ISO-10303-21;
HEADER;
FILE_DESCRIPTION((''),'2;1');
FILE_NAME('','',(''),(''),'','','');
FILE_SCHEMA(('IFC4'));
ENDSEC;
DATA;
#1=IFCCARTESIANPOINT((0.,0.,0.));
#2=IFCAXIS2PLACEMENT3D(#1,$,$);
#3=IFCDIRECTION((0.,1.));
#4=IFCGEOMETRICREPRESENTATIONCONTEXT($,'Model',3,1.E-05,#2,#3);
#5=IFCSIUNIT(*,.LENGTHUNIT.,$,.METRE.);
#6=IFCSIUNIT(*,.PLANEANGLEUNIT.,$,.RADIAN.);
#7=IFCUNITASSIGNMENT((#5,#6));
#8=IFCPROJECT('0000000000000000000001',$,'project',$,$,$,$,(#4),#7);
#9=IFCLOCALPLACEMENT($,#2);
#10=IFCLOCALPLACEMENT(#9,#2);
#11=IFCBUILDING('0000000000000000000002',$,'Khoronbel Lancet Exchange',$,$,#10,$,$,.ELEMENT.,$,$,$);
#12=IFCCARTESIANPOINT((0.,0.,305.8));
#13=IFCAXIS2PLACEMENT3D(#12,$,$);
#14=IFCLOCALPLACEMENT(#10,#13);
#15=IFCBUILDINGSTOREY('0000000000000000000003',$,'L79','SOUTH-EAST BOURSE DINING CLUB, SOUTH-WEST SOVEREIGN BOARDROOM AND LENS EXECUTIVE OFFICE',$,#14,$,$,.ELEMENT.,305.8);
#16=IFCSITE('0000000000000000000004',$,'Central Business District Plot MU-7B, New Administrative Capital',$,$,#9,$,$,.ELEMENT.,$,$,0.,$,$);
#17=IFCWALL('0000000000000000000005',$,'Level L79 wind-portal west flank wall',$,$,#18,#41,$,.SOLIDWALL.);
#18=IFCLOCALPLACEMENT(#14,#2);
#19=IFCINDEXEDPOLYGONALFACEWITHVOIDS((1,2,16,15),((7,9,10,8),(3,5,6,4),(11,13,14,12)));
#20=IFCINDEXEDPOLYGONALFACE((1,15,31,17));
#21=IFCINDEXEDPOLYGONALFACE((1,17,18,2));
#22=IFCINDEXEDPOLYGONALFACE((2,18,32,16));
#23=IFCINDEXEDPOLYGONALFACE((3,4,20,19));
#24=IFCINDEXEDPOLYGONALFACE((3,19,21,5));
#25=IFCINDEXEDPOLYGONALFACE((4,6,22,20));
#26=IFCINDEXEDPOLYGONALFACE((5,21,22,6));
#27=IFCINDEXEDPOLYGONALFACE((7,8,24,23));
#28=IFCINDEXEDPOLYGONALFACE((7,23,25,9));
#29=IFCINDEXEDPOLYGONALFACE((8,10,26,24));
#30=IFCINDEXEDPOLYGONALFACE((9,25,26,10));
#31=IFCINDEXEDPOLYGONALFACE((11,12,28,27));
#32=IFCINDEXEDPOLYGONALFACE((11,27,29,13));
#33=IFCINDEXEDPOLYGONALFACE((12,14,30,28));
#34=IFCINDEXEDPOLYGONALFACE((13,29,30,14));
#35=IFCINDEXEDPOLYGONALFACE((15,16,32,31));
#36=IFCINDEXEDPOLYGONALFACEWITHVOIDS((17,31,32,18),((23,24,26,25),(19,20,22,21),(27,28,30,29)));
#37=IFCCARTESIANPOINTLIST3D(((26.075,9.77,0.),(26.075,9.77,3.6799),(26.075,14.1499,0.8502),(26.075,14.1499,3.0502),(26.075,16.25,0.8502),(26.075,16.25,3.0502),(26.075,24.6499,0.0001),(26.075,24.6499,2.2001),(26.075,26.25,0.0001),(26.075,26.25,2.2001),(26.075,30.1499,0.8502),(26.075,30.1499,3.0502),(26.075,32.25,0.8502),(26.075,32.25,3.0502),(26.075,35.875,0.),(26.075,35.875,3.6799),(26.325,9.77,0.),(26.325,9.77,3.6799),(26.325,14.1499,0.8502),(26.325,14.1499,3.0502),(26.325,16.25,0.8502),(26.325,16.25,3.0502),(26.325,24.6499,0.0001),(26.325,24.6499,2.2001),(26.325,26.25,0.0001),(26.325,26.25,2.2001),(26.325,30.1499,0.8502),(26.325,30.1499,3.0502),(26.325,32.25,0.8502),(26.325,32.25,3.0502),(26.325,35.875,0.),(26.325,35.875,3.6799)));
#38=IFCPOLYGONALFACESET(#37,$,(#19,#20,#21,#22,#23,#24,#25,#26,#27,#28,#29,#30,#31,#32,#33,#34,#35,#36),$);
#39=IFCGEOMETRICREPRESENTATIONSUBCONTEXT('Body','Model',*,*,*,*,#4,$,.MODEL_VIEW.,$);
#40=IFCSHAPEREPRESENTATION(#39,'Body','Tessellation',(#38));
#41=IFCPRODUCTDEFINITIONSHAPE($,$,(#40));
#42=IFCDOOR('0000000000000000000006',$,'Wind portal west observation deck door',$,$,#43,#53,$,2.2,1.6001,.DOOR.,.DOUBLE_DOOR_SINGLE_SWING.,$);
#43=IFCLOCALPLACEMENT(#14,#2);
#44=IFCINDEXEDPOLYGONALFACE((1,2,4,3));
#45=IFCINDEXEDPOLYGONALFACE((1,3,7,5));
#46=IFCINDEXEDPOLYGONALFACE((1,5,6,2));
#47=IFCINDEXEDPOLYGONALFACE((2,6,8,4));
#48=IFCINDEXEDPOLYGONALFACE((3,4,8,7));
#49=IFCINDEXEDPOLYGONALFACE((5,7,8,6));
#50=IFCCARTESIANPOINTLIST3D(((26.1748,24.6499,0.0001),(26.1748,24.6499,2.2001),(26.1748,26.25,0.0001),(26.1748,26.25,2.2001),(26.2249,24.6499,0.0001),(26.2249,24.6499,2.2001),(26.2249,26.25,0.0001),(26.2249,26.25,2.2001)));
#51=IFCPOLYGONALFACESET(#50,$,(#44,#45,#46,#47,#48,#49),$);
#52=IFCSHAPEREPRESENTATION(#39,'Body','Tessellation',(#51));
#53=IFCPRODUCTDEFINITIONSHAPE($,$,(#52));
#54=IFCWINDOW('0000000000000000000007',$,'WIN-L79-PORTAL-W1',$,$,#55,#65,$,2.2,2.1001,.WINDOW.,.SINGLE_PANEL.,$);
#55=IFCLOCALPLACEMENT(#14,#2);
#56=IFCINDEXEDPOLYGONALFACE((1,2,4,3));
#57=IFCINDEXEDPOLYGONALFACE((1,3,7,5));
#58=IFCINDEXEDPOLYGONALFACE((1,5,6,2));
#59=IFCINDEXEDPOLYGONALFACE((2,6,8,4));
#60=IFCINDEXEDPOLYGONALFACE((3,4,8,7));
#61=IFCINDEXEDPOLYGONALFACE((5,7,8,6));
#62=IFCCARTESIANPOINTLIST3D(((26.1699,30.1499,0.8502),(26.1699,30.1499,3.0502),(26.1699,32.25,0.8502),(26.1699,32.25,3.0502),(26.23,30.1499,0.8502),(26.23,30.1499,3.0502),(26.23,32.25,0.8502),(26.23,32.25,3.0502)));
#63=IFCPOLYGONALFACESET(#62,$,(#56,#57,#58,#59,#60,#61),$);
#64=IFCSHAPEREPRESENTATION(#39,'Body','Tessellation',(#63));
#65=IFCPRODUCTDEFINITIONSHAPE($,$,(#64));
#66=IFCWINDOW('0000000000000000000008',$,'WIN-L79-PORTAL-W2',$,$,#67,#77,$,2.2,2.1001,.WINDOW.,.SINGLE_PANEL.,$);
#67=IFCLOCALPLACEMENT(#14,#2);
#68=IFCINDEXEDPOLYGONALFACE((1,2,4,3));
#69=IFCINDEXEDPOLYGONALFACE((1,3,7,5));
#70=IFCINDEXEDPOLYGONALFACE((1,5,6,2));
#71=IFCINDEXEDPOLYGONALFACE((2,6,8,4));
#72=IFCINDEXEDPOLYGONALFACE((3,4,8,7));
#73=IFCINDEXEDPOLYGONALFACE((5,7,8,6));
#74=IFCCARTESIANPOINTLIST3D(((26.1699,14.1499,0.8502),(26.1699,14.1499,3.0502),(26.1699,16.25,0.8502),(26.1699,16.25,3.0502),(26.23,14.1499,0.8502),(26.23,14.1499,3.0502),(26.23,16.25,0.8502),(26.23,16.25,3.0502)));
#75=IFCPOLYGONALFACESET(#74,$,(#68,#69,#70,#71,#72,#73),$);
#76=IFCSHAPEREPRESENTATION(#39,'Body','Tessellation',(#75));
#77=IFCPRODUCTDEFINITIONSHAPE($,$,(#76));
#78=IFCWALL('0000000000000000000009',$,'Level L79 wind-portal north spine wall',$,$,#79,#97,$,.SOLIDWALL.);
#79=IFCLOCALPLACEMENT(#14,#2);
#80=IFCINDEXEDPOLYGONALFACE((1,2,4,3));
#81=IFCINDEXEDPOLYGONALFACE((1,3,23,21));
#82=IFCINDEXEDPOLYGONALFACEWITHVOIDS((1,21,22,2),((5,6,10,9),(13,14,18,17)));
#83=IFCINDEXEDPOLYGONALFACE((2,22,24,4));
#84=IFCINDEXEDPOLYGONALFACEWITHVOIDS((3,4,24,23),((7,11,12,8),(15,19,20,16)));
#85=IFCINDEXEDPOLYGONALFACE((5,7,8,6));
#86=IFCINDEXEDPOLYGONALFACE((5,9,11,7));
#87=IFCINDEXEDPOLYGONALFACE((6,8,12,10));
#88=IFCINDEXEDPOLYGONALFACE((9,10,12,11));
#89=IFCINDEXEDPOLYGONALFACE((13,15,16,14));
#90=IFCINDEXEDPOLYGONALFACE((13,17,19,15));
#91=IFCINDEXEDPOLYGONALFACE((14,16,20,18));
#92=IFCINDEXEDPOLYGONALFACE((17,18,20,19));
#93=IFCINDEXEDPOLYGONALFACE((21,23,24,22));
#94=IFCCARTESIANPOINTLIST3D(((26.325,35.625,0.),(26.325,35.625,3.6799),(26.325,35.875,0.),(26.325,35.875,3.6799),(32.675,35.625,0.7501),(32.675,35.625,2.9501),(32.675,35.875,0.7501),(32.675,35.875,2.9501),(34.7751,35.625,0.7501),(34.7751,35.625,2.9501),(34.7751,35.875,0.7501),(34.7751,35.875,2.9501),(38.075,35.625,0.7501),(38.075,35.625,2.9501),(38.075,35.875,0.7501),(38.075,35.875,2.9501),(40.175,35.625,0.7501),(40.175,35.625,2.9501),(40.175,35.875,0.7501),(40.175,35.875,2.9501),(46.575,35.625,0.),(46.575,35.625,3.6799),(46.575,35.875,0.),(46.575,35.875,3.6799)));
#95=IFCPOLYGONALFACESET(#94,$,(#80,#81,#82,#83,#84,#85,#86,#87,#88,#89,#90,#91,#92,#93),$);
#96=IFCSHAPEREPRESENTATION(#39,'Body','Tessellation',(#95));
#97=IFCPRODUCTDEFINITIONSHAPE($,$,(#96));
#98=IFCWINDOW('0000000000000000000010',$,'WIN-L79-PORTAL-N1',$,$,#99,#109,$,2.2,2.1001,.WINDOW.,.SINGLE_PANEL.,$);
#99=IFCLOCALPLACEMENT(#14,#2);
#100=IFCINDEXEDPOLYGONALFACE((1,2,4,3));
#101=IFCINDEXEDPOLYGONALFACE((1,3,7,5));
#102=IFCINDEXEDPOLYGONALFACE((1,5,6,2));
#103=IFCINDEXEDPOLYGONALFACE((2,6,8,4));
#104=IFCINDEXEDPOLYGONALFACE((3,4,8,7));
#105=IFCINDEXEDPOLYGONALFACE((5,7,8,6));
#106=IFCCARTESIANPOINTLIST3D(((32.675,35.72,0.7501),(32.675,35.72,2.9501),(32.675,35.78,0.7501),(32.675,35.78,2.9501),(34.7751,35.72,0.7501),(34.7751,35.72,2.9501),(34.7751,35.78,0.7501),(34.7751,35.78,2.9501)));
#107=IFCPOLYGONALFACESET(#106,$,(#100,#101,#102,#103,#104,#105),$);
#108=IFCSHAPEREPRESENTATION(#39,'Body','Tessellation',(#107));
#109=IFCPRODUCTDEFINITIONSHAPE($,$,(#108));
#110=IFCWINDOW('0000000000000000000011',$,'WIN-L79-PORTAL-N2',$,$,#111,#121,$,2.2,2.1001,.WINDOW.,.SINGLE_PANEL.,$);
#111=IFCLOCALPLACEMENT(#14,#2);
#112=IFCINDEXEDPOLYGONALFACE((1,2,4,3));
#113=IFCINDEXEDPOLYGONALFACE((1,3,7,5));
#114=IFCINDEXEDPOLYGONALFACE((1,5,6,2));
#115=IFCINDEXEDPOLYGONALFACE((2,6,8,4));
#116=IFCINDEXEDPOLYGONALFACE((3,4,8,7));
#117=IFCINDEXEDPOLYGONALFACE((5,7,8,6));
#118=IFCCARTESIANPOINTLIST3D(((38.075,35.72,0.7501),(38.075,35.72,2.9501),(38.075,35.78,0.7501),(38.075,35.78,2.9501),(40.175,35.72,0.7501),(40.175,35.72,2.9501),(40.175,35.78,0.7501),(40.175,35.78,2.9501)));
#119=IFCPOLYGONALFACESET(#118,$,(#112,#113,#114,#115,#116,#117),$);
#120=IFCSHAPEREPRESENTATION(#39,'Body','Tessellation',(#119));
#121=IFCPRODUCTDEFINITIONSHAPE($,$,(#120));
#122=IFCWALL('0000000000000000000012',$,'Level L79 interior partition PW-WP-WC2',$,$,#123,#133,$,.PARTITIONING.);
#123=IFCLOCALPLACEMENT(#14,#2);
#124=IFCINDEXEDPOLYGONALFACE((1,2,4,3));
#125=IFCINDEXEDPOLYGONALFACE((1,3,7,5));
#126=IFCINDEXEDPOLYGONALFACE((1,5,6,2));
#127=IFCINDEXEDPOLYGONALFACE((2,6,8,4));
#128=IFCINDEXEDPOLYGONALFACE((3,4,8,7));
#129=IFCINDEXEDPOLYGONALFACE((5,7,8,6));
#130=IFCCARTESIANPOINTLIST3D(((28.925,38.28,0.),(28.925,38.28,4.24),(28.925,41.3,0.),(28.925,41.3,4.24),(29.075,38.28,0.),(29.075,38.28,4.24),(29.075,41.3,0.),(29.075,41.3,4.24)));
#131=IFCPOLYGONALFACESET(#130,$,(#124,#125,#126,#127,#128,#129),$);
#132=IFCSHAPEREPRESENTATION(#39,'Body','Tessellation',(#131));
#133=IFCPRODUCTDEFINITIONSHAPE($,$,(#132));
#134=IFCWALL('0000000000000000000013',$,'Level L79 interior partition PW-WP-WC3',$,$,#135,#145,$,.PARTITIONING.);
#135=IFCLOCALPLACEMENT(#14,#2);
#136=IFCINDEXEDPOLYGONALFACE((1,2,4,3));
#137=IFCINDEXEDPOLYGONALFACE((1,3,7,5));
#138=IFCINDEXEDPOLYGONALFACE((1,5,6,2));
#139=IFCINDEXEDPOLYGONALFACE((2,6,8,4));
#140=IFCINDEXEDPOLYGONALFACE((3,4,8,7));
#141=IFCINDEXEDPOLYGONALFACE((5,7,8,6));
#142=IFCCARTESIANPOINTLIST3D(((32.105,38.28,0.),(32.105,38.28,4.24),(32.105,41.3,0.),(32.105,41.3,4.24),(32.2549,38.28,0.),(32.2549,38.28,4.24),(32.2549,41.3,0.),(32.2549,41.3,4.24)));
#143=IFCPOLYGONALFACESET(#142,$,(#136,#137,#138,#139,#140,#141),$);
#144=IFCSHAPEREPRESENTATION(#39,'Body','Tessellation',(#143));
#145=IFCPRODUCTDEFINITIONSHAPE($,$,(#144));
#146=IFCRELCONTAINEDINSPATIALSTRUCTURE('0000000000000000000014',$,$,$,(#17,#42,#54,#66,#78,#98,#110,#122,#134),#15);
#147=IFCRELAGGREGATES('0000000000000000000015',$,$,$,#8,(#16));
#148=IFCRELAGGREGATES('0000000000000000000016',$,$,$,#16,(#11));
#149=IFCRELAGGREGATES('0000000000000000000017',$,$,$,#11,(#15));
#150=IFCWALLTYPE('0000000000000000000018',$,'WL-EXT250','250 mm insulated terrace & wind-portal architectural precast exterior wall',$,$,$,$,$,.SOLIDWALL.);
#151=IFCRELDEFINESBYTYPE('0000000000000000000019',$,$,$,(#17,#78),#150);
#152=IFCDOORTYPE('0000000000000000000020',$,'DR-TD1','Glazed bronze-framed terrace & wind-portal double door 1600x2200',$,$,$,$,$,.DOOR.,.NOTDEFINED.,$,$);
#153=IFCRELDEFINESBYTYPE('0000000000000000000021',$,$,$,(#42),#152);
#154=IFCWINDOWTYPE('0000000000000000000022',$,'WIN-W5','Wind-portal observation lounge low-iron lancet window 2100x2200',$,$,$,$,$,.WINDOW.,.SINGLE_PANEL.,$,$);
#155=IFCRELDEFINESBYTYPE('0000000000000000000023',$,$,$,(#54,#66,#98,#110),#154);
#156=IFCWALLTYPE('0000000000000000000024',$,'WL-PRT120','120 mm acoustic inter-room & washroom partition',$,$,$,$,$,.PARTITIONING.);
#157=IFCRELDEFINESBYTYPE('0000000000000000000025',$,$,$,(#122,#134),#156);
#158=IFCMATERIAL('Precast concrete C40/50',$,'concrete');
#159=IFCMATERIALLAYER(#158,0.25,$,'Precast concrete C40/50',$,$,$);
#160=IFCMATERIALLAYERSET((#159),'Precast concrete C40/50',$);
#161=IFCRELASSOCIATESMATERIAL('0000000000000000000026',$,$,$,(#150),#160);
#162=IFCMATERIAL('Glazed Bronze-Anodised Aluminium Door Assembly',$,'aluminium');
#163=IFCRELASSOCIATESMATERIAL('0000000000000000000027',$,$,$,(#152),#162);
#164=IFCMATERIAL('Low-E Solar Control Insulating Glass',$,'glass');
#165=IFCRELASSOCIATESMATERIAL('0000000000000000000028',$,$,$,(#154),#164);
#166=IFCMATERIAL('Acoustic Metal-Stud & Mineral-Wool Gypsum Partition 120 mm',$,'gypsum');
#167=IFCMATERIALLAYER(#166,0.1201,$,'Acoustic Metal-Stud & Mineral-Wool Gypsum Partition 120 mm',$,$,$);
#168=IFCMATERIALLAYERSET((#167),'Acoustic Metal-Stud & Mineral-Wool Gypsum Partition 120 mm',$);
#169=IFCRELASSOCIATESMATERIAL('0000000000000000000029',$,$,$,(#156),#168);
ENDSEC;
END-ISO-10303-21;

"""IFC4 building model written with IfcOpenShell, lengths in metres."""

from ifc_helpers import new_model, si_unit, direction, frame, frame_2d, origin, place, context, subcontext, project, spatial, rectangle, extrude, material, layer, layer_set, type_object, element, fill, save


model = new_model("IFC4")

# Units and contexts
model_context = context("Model", 3, precision=1e-05, world=origin(), true_north=direction((0.0, 1.0)))
body_context = subcontext(model_context, "Body", "Model", "MODEL_VIEW")
ifc_project = project(units=[si_unit("LENGTHUNIT", "METRE"), si_unit("PLANEANGLEUNIT", "RADIAN")], contexts=[model_context])

# Site, building, storey
site_placement = place(None, origin())
site = spatial("IfcSite", under=ifc_project, at=site_placement, Name="Central Business District Plot MU-7B, New Administrative Capital", CompositionType="ELEMENT", RefElevation=0.0)
building_placement = place(site_placement, origin())
building = spatial("IfcBuilding", under=site, at=building_placement, Name="Khoronbel Lancet Exchange", CompositionType="ELEMENT")
storey_placement = place(building_placement, frame((0.0, 0.0, 305.8)))
storey = spatial("IfcBuildingStorey", under=building, at=storey_placement, Name="L79", Description="SOUTH-EAST BOURSE DINING CLUB, SOUTH-WEST SOVEREIGN BOARDROOM AND LENS EXECUTIVE OFFICE", CompositionType="ELEMENT", Elevation=305.8)

# Wall, openings, door, windows
ifc_material_1 = material(Name="Precast concrete C40/50", Category="concrete")
ifc_layer_1 = layer(ifc_material_1, 0.25, Name="Precast concrete C40/50")
ifc_layer_set_1 = layer_set([ifc_layer_1], Name="Precast concrete C40/50")
wall_type_1 = type_object("IfcWallType", Name="WL-EXT250", Description="250 mm insulated terrace & wind-portal architectural precast exterior wall", PredefinedType="SOLIDWALL", material=ifc_layer_set_1)
wall_1_placement = place(storey_placement, frame((26.2, 35.875, 0.0), z_axis=(0.0, 0.0, 1.0), x_axis=(0.0, -1.0, 0.0)))
wall_1 = element("IfcWall", 1, at=wall_1_placement, inside=storey, type_object=wall_type_1, Name="Level L79 wind-portal west flank wall", PredefinedType="SOLIDWALL", context=body_context, shape_type="SweptSolid", body=[
    extrude(rectangle(XDim=26.105, YDim=0.25, at=frame_2d((13.0525, 0.0))), origin(), (0.0, 0.0, 1.0), 3.6799),
])
opening_1_placement = place(wall_1_placement, frame((9.625, 0.0, 0.0)))
opening_1 = element("IfcOpeningElement", 2, at=opening_1_placement, cuts=wall_1, PredefinedType="OPENING", context=body_context, shape_type="SweptSolid", body=[
    extrude(rectangle(XDim=1.6001, YDim=2.2, at=frame_2d((0.8, 1.1001))), frame((0.0, 0.135, 0.0), z_axis=(0.0, -1.0, 0.0), x_axis=(1.0, 0.0, 0.0)), (0.0, 0.0, 1.0), 0.27),
])
opening_2_placement = place(wall_1_placement, frame((3.625, 0.0, 0.8501)))
opening_2 = element("IfcOpeningElement", 3, at=opening_2_placement, cuts=wall_1, PredefinedType="OPENING", context=body_context, shape_type="SweptSolid", body=[
    extrude(rectangle(XDim=2.1001, YDim=2.2, at=frame_2d((1.05, 1.1001))), frame((0.0, 0.135, 0.0), z_axis=(0.0, -1.0, 0.0), x_axis=(1.0, 0.0, 0.0)), (0.0, 0.0, 1.0), 0.27),
])
opening_3_placement = place(wall_1_placement, frame((19.625, 0.0, 0.8501)))
opening_3 = element("IfcOpeningElement", 4, at=opening_3_placement, cuts=wall_1, PredefinedType="OPENING", context=body_context, shape_type="SweptSolid", body=[
    extrude(rectangle(XDim=2.1001, YDim=2.2, at=frame_2d((1.05, 1.1001))), frame((0.0, 0.135, 0.0), z_axis=(0.0, -1.0, 0.0), x_axis=(1.0, 0.0, 0.0)), (0.0, 0.0, 1.0), 0.27),
])
ifc_material_2 = material(Name="Glazed Bronze-Anodised Aluminium Door Assembly", Category="aluminium")
door_type_1 = type_object("IfcDoorType", Name="DR-TD1", Description="Glazed bronze-framed terrace & wind-portal double door 1600x2200", OperationType="NOTDEFINED", PredefinedType="DOOR", material=ifc_material_2)
door_1_placement = place(opening_1_placement, origin())
door_1 = element("IfcDoor", 5, at=door_1_placement, inside=storey, type_object=door_type_1, Name="Wind portal west observation deck door", OperationType="DOUBLE_DOOR_SINGLE_SWING", OverallHeight=2.2, OverallWidth=1.6001, PredefinedType="DOOR", context=body_context, shape_type="SweptSolid", body=[
    extrude(rectangle(XDim=1.6001, YDim=2.2, at=frame_2d((0.8, 1.1001))), frame((0.0, 0.0249, 0.0), z_axis=(0.0, -1.0, 0.0), x_axis=(1.0, 0.0, 0.0)), (0.0, 0.0, 1.0), 0.05),
])
fill(opening_1, door_1)
ifc_material_3 = material(Name="Low-E Solar Control Insulating Glass", Category="glass")
window_type = type_object("IfcWindowType", Name="WIN-W5", Description="Wind-portal observation lounge low-iron lancet window 2100x2200", PartitioningType="SINGLE_PANEL", PredefinedType="WINDOW", material=ifc_material_3)
window_1_placement = place(opening_2_placement, origin())
window_1 = element("IfcWindow", 6, at=window_1_placement, inside=storey, type_object=window_type, Name="WIN-L79-PORTAL-W1", OverallHeight=2.2, OverallWidth=2.1001, PartitioningType="SINGLE_PANEL", PredefinedType="WINDOW", context=body_context, shape_type="SweptSolid", body=[
    extrude(rectangle(XDim=2.1001, YDim=2.2, at=frame_2d((1.05, 1.1001))), frame((0.0, 0.03, 0.0), z_axis=(0.0, -1.0, 0.0), x_axis=(1.0, 0.0, 0.0)), (0.0, 0.0, 1.0), 0.0601),
])
fill(opening_2, window_1)
window_2_placement = place(opening_3_placement, origin())
window_2 = element("IfcWindow", 7, at=window_2_placement, inside=storey, type_object=window_type, Name="WIN-L79-PORTAL-W2", OverallHeight=2.2, OverallWidth=2.1001, PartitioningType="SINGLE_PANEL", PredefinedType="WINDOW", context=body_context, shape_type="SweptSolid", body=[
    extrude(rectangle(XDim=2.1001, YDim=2.2, at=frame_2d((1.05, 1.1001))), frame((0.0, 0.03, 0.0), z_axis=(0.0, -1.0, 0.0), x_axis=(1.0, 0.0, 0.0)), (0.0, 0.0, 1.0), 0.0601),
])
fill(opening_3, window_2)

# Wall, openings, windows
wall_2_placement = place(storey_placement, frame((26.325, 35.75, 0.0), z_axis=(0.0, 0.0, 1.0), x_axis=(1.0, 0.0, 0.0)))
wall_2 = element("IfcWall", 8, at=wall_2_placement, inside=storey, type_object=wall_type_1, Name="Level L79 wind-portal north spine wall", PredefinedType="SOLIDWALL", context=body_context, shape_type="SweptSolid", body=[
    extrude(rectangle(XDim=20.25, YDim=0.25, at=frame_2d((10.125, 0.0))), origin(), (0.0, 0.0, 1.0), 3.6799),
])
opening_4_placement = place(wall_2_placement, frame((6.3501, 0.0, 0.75)))
opening_4 = element("IfcOpeningElement", 9, at=opening_4_placement, cuts=wall_2, PredefinedType="OPENING", context=body_context, shape_type="SweptSolid", body=[
    extrude(rectangle(XDim=2.1001, YDim=2.2, at=frame_2d((1.05, 1.1001))), frame((0.0, 0.135, 0.0), z_axis=(0.0, -1.0, 0.0), x_axis=(1.0, 0.0, 0.0)), (0.0, 0.0, 1.0), 0.27),
])
opening_5_placement = place(wall_2_placement, frame((11.75, 0.0, 0.75)))
opening_5 = element("IfcOpeningElement", 10, at=opening_5_placement, cuts=wall_2, PredefinedType="OPENING", context=body_context, shape_type="SweptSolid", body=[
    extrude(rectangle(XDim=2.1001, YDim=2.2, at=frame_2d((1.05, 1.1001))), frame((0.0, 0.135, 0.0), z_axis=(0.0, -1.0, 0.0), x_axis=(1.0, 0.0, 0.0)), (0.0, 0.0, 1.0), 0.27),
])
window_3_placement = place(opening_4_placement, origin())
window_3 = element("IfcWindow", 11, at=window_3_placement, inside=storey, type_object=window_type, Name="WIN-L79-PORTAL-N1", OverallHeight=2.2, OverallWidth=2.1001, PartitioningType="SINGLE_PANEL", PredefinedType="WINDOW", context=body_context, shape_type="SweptSolid", body=[
    extrude(rectangle(XDim=2.1001, YDim=2.2, at=frame_2d((1.05, 1.1001))), frame((0.0, 0.03, 0.0), z_axis=(0.0, -1.0, 0.0), x_axis=(1.0, 0.0, 0.0)), (0.0, 0.0, 1.0), 0.0601),
])
fill(opening_4, window_3)
window_4_placement = place(opening_5_placement, origin())
window_4 = element("IfcWindow", 12, at=window_4_placement, inside=storey, type_object=window_type, Name="WIN-L79-PORTAL-N2", OverallHeight=2.2, OverallWidth=2.1001, PartitioningType="SINGLE_PANEL", PredefinedType="WINDOW", context=body_context, shape_type="SweptSolid", body=[
    extrude(rectangle(XDim=2.1001, YDim=2.2, at=frame_2d((1.05, 1.1001))), frame((0.0, 0.03, 0.0), z_axis=(0.0, -1.0, 0.0), x_axis=(1.0, 0.0, 0.0)), (0.0, 0.0, 1.0), 0.0601),
])
fill(opening_5, window_4)

# Walls
ifc_material_4 = material(Name="Acoustic Metal-Stud & Mineral-Wool Gypsum Partition 120 mm", Category="gypsum")
ifc_layer_2 = layer(ifc_material_4, 0.1201, Name="Acoustic Metal-Stud & Mineral-Wool Gypsum Partition 120 mm")
ifc_layer_set_2 = layer_set([ifc_layer_2], Name="Acoustic Metal-Stud & Mineral-Wool Gypsum Partition 120 mm")
wall_type_2 = type_object("IfcWallType", Name="WL-PRT120", Description="120 mm acoustic inter-room & washroom partition", PredefinedType="PARTITIONING", material=ifc_layer_set_2)
for number, where, z_axis, x_axis, name in (
    (13, (29.0, 38.28, 0.0), (0.0, 0.0, 1.0), (0.0, 1.0, 0.0), "Level L79 interior partition PW-WP-WC2"),
    (14, (32.1799, 38.28, 0.0), (0.0, 0.0, 1.0), (0.0, 1.0, 0.0), "Level L79 interior partition PW-WP-WC3"),
):
    element("IfcWall", number, at=place(storey_placement, frame(where, z_axis=z_axis, x_axis=x_axis)), inside=storey, type_object=wall_type_2, Name=name, PredefinedType="PARTITIONING", context=body_context, shape_type="SweptSolid", body=[
        extrude(rectangle(XDim=3.02, YDim=0.1499, at=frame_2d((1.51, 0.0))), origin(), (0.0, 0.0, 1.0), 4.24),
    ])

save(model, "model.ifc")
